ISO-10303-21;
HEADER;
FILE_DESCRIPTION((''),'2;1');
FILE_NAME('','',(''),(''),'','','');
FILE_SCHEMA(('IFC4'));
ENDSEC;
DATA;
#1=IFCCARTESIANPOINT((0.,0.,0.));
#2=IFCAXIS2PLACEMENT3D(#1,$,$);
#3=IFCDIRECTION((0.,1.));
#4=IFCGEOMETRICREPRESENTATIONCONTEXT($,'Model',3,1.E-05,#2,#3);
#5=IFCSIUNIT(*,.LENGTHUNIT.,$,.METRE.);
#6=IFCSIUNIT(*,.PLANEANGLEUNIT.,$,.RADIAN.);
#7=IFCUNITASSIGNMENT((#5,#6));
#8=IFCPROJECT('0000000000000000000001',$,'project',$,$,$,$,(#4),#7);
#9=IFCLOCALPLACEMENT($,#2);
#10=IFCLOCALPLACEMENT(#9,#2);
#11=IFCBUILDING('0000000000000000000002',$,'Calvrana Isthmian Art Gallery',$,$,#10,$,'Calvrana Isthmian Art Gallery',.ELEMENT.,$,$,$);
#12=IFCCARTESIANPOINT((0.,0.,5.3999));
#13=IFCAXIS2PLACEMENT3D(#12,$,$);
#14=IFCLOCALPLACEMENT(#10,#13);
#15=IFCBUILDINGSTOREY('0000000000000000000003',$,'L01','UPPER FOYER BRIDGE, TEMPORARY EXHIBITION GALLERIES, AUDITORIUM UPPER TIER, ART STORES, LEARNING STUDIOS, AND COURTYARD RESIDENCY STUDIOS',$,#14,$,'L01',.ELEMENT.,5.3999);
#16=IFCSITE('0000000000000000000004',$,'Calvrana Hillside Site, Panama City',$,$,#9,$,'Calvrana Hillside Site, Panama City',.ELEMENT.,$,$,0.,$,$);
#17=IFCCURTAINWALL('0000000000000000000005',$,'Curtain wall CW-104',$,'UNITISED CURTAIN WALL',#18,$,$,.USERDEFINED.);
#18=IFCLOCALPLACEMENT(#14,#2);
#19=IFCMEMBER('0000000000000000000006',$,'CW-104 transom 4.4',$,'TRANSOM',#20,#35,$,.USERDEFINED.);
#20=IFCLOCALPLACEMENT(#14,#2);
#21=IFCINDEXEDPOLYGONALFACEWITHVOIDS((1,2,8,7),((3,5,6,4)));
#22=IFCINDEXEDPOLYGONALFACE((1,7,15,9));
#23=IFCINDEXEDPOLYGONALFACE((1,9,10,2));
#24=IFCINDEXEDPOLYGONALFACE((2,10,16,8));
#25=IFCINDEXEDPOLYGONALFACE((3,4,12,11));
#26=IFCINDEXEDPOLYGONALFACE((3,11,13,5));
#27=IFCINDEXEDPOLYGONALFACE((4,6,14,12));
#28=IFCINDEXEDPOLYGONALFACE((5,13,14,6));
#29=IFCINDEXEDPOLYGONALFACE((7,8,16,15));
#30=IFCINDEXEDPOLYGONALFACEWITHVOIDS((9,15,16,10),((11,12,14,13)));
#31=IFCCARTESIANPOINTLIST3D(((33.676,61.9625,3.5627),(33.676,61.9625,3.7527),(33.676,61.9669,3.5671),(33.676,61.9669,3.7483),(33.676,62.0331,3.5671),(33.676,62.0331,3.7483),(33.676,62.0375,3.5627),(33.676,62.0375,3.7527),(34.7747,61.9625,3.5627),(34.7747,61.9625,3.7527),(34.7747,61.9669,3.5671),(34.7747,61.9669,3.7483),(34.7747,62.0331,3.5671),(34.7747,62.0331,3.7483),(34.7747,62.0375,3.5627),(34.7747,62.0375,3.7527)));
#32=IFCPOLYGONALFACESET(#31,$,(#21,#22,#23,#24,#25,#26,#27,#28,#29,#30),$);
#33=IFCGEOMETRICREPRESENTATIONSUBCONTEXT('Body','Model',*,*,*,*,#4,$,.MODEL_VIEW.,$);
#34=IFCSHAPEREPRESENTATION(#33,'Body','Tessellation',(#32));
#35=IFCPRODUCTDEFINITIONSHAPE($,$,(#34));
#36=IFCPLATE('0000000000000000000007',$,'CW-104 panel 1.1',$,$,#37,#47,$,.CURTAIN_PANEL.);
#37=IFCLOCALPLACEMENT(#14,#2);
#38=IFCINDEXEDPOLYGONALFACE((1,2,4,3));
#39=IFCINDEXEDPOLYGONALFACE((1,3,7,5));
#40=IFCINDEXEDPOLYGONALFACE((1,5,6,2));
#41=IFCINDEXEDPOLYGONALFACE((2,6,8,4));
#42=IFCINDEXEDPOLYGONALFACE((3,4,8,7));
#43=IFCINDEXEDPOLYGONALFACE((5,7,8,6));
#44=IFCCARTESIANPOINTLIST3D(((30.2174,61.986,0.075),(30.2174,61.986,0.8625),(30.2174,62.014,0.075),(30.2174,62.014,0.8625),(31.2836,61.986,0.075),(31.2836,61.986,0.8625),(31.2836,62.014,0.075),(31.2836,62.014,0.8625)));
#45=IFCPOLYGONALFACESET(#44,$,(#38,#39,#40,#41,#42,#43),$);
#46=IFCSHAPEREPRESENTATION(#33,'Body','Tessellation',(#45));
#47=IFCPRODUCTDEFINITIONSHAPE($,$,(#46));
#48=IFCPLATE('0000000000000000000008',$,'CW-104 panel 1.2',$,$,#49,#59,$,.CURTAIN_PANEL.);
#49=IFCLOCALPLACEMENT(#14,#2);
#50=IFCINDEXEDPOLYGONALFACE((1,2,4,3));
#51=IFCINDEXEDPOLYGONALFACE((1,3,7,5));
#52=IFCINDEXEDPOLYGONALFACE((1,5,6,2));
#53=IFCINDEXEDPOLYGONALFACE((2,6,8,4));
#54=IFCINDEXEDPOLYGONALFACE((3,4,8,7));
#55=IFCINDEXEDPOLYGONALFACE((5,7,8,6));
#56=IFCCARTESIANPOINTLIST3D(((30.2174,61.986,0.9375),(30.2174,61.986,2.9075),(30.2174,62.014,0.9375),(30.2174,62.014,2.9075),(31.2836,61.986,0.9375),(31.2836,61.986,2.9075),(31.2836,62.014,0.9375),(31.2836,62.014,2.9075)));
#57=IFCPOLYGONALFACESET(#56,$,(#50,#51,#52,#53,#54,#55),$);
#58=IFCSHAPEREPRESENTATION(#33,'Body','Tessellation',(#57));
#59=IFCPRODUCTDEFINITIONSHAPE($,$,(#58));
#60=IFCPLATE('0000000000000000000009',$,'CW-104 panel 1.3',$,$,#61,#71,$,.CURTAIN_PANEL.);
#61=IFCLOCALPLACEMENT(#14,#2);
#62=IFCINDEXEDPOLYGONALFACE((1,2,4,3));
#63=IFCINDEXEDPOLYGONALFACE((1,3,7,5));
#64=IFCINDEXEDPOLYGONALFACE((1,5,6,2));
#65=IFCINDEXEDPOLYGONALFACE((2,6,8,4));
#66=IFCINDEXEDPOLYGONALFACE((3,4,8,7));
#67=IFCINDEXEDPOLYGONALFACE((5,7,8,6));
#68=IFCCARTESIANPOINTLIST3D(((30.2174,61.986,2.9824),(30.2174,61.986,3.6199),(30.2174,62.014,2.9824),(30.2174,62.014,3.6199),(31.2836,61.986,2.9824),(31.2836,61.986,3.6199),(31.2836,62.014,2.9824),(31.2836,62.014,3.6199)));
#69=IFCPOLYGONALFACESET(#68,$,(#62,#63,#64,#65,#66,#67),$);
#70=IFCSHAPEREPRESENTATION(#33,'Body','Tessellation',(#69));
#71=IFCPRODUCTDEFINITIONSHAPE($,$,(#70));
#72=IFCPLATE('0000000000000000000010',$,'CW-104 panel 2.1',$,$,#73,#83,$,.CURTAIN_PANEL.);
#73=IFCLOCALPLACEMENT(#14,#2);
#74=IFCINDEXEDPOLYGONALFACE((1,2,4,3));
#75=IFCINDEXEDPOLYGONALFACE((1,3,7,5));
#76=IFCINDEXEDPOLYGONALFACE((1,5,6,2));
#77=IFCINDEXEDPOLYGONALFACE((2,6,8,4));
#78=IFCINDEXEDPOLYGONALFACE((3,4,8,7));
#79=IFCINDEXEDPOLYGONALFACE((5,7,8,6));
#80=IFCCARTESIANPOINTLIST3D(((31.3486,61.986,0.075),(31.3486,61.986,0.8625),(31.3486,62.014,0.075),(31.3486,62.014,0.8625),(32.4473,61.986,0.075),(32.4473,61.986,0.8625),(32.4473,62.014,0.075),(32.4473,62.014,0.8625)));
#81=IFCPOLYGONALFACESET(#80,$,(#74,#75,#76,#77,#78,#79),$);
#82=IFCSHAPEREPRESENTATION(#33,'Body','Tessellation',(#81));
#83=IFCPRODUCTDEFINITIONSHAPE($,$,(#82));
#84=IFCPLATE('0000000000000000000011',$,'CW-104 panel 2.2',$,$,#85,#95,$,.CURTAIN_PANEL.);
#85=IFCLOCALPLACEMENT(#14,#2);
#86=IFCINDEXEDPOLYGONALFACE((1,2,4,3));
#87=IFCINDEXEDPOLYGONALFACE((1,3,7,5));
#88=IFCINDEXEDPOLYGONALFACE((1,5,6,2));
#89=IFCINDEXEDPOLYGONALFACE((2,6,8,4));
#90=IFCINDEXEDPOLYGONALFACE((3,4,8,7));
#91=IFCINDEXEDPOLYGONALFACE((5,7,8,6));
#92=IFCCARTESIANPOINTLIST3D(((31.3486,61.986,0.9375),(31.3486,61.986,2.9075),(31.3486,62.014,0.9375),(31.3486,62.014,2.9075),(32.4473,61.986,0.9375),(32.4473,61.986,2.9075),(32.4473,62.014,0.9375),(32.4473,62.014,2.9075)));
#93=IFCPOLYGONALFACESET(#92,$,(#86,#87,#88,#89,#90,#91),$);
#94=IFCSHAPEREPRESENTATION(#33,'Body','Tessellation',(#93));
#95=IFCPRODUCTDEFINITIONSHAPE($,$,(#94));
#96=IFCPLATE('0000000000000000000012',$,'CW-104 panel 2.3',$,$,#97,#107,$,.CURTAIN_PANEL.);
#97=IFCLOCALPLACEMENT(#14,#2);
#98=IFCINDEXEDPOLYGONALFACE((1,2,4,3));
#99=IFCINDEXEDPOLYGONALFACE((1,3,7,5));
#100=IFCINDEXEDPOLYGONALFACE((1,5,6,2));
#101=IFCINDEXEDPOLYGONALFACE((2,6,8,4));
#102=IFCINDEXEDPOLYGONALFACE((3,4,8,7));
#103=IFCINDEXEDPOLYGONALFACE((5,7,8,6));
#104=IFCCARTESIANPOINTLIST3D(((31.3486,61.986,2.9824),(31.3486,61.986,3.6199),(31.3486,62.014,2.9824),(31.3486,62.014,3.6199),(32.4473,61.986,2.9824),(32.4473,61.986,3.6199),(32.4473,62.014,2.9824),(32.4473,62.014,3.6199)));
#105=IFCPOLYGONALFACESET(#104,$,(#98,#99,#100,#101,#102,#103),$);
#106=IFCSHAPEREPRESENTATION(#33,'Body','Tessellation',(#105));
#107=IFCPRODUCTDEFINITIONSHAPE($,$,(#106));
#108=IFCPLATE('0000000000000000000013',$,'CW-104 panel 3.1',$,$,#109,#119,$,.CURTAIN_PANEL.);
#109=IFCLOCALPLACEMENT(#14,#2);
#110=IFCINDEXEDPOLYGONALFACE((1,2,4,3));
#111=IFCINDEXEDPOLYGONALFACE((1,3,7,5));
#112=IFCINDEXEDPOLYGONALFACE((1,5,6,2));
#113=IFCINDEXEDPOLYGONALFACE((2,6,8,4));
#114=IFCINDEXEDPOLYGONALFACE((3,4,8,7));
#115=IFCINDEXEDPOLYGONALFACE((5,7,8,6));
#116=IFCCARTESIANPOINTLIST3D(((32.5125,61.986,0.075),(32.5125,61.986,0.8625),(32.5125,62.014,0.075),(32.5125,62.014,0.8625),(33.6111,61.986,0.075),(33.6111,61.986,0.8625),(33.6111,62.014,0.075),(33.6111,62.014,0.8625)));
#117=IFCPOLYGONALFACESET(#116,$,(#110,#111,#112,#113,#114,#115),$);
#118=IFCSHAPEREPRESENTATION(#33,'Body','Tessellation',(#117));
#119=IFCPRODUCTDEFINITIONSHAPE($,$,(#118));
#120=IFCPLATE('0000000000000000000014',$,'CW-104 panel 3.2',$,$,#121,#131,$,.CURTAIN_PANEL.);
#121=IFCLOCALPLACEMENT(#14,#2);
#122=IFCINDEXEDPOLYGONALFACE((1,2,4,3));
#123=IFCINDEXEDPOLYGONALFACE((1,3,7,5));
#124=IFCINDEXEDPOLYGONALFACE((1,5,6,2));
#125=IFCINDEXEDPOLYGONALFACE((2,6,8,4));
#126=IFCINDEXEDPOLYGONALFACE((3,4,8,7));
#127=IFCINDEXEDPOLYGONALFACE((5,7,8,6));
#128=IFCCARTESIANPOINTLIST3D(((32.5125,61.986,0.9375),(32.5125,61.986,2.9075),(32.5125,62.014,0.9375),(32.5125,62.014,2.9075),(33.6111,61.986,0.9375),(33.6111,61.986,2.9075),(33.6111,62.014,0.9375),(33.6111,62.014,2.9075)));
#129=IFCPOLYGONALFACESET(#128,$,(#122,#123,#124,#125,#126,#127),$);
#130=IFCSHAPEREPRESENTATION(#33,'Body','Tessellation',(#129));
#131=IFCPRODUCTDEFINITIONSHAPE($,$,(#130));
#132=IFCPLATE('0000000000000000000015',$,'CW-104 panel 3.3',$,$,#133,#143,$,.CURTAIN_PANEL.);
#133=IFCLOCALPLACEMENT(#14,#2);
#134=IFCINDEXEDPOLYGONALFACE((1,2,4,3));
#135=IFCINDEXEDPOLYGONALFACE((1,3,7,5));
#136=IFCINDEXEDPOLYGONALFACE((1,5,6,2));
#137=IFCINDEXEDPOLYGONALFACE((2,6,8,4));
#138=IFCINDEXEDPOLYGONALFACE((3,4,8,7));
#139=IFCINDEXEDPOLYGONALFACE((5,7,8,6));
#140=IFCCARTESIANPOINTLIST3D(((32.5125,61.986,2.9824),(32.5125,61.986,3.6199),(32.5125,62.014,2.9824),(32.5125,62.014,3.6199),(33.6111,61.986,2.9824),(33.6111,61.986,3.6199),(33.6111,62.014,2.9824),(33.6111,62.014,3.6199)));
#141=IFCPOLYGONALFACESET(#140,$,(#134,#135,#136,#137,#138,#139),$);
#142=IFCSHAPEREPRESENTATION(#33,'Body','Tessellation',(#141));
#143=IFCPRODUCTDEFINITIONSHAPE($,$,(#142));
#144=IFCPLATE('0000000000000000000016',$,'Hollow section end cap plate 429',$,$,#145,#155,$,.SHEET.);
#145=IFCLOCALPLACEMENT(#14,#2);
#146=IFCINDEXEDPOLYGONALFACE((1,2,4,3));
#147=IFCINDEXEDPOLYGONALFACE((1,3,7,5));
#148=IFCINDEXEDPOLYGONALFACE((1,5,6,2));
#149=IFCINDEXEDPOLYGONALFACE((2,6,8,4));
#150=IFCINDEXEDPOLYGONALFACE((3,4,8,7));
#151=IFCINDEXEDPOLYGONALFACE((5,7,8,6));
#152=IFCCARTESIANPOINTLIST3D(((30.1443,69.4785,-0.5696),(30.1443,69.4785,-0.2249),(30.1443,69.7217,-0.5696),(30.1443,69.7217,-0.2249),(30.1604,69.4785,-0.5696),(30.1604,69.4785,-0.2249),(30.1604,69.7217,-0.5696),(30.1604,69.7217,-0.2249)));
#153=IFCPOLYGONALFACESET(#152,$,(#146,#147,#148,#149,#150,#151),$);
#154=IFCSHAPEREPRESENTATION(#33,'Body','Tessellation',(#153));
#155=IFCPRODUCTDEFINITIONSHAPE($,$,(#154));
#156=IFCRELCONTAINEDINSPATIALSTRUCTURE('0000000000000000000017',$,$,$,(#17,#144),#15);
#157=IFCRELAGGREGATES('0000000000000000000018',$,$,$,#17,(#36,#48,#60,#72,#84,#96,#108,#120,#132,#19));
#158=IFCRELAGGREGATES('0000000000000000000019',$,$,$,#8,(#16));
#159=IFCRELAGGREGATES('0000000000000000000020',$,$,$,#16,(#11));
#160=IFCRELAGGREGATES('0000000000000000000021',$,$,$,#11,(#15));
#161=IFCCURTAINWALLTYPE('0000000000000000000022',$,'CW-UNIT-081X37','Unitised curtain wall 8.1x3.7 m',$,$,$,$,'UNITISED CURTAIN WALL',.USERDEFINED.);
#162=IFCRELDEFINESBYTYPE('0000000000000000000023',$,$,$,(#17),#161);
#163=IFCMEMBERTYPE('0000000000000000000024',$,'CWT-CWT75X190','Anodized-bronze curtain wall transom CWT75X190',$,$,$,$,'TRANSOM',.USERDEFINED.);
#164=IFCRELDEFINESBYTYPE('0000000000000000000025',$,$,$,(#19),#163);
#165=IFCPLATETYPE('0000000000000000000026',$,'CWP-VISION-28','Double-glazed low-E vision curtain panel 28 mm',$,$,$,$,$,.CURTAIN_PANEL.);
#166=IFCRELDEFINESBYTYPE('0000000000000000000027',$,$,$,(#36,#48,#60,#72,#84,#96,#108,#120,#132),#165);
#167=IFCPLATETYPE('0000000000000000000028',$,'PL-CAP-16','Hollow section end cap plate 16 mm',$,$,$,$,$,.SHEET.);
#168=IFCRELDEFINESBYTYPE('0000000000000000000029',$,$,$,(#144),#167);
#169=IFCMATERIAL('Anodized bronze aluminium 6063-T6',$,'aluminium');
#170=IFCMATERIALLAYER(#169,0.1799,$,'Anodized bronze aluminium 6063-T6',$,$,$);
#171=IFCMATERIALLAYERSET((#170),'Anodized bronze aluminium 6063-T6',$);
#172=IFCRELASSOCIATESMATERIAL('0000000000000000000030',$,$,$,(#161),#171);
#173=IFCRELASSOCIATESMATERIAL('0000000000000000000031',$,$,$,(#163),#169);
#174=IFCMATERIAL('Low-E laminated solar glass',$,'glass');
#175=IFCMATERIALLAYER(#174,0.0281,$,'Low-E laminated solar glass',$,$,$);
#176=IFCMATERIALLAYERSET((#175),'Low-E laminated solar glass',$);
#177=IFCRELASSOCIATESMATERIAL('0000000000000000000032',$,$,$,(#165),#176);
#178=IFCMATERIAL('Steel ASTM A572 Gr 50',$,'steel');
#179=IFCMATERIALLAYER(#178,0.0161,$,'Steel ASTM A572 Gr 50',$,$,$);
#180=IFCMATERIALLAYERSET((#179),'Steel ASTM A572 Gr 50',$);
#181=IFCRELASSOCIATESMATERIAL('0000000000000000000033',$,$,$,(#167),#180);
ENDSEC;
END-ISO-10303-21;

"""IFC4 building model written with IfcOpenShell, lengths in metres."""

from ifc_helpers import new_model, si_unit, direction, frame, origin, origin_2d, place, context, subcontext, project, spatial, rectangle, hollow_rectangle, extrude, material, layer, layer_set, material_profile, profile_set, type_object, element, aggregate, save


model = new_model("IFC4")

# Units and contexts
model_context = context("Model", 3, precision=1e-05, world=origin(), true_north=direction((0.0, 1.0)))
body_context = subcontext(model_context, "Body", "Model", "MODEL_VIEW")
ifc_project = project(units=[si_unit("LENGTHUNIT", "METRE"), si_unit("PLANEANGLEUNIT", "RADIAN")], contexts=[model_context])

# Site, building, storey
site_placement = place(None, origin())
site = spatial("IfcSite", under=ifc_project, at=site_placement, Name="Calvrana Hillside Site, Panama City", LongName="Calvrana Hillside Site, Panama City", CompositionType="ELEMENT", RefElevation=0.0)
building_placement = place(site_placement, origin())
building = spatial("IfcBuilding", under=site, at=building_placement, Name="Calvrana Isthmian Art Gallery", LongName="Calvrana Isthmian Art Gallery", CompositionType="ELEMENT")
storey_placement = place(building_placement, frame((0.0, 0.0, 5.3999)))
storey = spatial("IfcBuildingStorey", under=building, at=storey_placement, Name="L01", Description="UPPER FOYER BRIDGE, TEMPORARY EXHIBITION GALLERIES, AUDITORIUM UPPER TIER, ART STORES, LEARNING STUDIOS, AND COURTYARD RESIDENCY STUDIOS", LongName="L01", CompositionType="ELEMENT", Elevation=5.3999)

# Curtain wall, member, plates
ifc_material_1 = material(Name="Anodized bronze aluminium 6063-T6", Category="aluminium")
ifc_layer_1 = layer(ifc_material_1, 0.1799, Name="Anodized bronze aluminium 6063-T6")
ifc_layer_set_1 = layer_set([ifc_layer_1], Name="Anodized bronze aluminium 6063-T6")
curtain_wall_type = type_object("IfcCurtainWallType", Name="CW-UNIT-081X37", Description="Unitised curtain wall 8.1x3.7 m", ElementType="UNITISED CURTAIN WALL", PredefinedType="USERDEFINED", material=ifc_layer_set_1)
curtain_wall_placement = place(storey_placement, origin())
curtain_wall = element("IfcCurtainWall", 1, at=curtain_wall_placement, inside=storey, type_object=curtain_wall_type, Name="Curtain wall CW-104", ObjectType="UNITISED CURTAIN WALL", PredefinedType="USERDEFINED")
ifc_material_profile_1 = material_profile(ifc_material_1, hollow_rectangle(XDim=0.075, YDim=0.1899, WallThickness=0.0044, at=origin_2d()), Name="CWT75X190")
ifc_profile_set_1 = profile_set([ifc_material_profile_1], Name="Anodized bronze aluminium 6063-T6")
member_type_1 = type_object("IfcMemberType", Name="CWT-CWT75X190", Description="Anodized-bronze curtain wall transom CWT75X190", ElementType="TRANSOM", PredefinedType="USERDEFINED", material=ifc_profile_set_1)
member_1_placement = place(storey_placement, frame((33.676, 62.0, 3.6577), z_axis=(1.0, 0.0, 0.0), x_axis=(0.0, 1.0, 0.0)))
member_1 = element("IfcMember", 2, at=member_1_placement, type_object=member_type_1, Name="CW-104 transom 4.4", ObjectType="TRANSOM", PredefinedType="USERDEFINED", context=body_context, shape_type="SweptSolid", body=[
    extrude(hollow_rectangle(XDim=0.075, YDim=0.1899, WallThickness=0.0044, at=origin_2d()), origin(), (0.0, 0.0, 1.0), 1.0986),
])
ifc_material_2 = material(Name="Low-E laminated solar glass", Category="glass")
ifc_layer_2 = layer(ifc_material_2, 0.0281, Name="Low-E laminated solar glass")
ifc_layer_set_2 = layer_set([ifc_layer_2], Name="Low-E laminated solar glass")
plate_type_1 = type_object("IfcPlateType", Name="CWP-VISION-28", Description="Double-glazed low-E vision curtain panel 28 mm", PredefinedType="CURTAIN_PANEL", material=ifc_layer_set_2)
plate_1_placement = place(storey_placement, frame((30.7505, 62.0, 0.075), z_axis=(0.0, 0.0, 1.0), x_axis=(1.0, 0.0, 0.0)))
plate_1 = element("IfcPlate", 3, at=plate_1_placement, type_object=plate_type_1, Name="CW-104 panel 1.1", PredefinedType="CURTAIN_PANEL", context=body_context, shape_type="SweptSolid", body=[
    extrude(rectangle(XDim=1.0662, YDim=0.0281, at=origin_2d()), origin(), (0.0, 0.0, 1.0), 0.7876),
])
plate_2_placement = place(storey_placement, frame((30.7505, 62.0, 0.9375), z_axis=(0.0, 0.0, 1.0), x_axis=(1.0, 0.0, 0.0)))
plate_2 = element("IfcPlate", 4, at=plate_2_placement, type_object=plate_type_1, Name="CW-104 panel 1.2", PredefinedType="CURTAIN_PANEL", context=body_context, shape_type="SweptSolid", body=[
    extrude(rectangle(XDim=1.0662, YDim=0.0281, at=origin_2d()), origin(), (0.0, 0.0, 1.0), 1.97),
])
plate_3_placement = place(storey_placement, frame((30.7505, 62.0, 2.9824), z_axis=(0.0, 0.0, 1.0), x_axis=(1.0, 0.0, 0.0)))
plate_3 = element("IfcPlate", 5, at=plate_3_placement, type_object=plate_type_1, Name="CW-104 panel 1.3", PredefinedType="CURTAIN_PANEL", context=body_context, shape_type="SweptSolid", body=[
    extrude(rectangle(XDim=1.0662, YDim=0.0281, at=origin_2d()), origin(), (0.0, 0.0, 1.0), 0.6375),
])
plate_4_placement = place(storey_placement, frame((31.8979, 62.0, 0.075), z_axis=(0.0, 0.0, 1.0), x_axis=(1.0, 0.0, 0.0)))
plate_4 = element("IfcPlate", 6, at=plate_4_placement, type_object=plate_type_1, Name="CW-104 panel 2.1", PredefinedType="CURTAIN_PANEL", context=body_context, shape_type="SweptSolid", body=[
    extrude(rectangle(XDim=1.0986, YDim=0.0281, at=origin_2d()), origin(), (0.0, 0.0, 1.0), 0.7876),
])
plate_5_placement = place(storey_placement, frame((31.8979, 62.0, 0.9375), z_axis=(0.0, 0.0, 1.0), x_axis=(1.0, 0.0, 0.0)))
plate_5 = element("IfcPlate", 7, at=plate_5_placement, type_object=plate_type_1, Name="CW-104 panel 2.2", PredefinedType="CURTAIN_PANEL", context=body_context, shape_type="SweptSolid", body=[
    extrude(rectangle(XDim=1.0986, YDim=0.0281, at=origin_2d()), origin(), (0.0, 0.0, 1.0), 1.97),
])
plate_6_placement = place(storey_placement, frame((31.8979, 62.0, 2.9824), z_axis=(0.0, 0.0, 1.0), x_axis=(1.0, 0.0, 0.0)))
plate_6 = element("IfcPlate", 8, at=plate_6_placement, type_object=plate_type_1, Name="CW-104 panel 2.3", PredefinedType="CURTAIN_PANEL", context=body_context, shape_type="SweptSolid", body=[
    extrude(rectangle(XDim=1.0986, YDim=0.0281, at=origin_2d()), origin(), (0.0, 0.0, 1.0), 0.6375),
])
plate_7_placement = place(storey_placement, frame((33.0618, 62.0, 0.075), z_axis=(0.0, 0.0, 1.0), x_axis=(1.0, 0.0, 0.0)))
plate_7 = element("IfcPlate", 9, at=plate_7_placement, type_object=plate_type_1, Name="CW-104 panel 3.1", PredefinedType="CURTAIN_PANEL", context=body_context, shape_type="SweptSolid", body=[
    extrude(rectangle(XDim=1.0986, YDim=0.0281, at=origin_2d()), origin(), (0.0, 0.0, 1.0), 0.7876),
])
plate_8_placement = place(storey_placement, frame((33.0618, 62.0, 0.9375), z_axis=(0.0, 0.0, 1.0), x_axis=(1.0, 0.0, 0.0)))
plate_8 = element("IfcPlate", 10, at=plate_8_placement, type_object=plate_type_1, Name="CW-104 panel 3.2", PredefinedType="CURTAIN_PANEL", context=body_context, shape_type="SweptSolid", body=[
    extrude(rectangle(XDim=1.0986, YDim=0.0281, at=origin_2d()), origin(), (0.0, 0.0, 1.0), 1.97),
])
plate_9_placement = place(storey_placement, frame((33.0618, 62.0, 2.9824), z_axis=(0.0, 0.0, 1.0), x_axis=(1.0, 0.0, 0.0)))
plate_9 = element("IfcPlate", 11, at=plate_9_placement, type_object=plate_type_1, Name="CW-104 panel 3.3", PredefinedType="CURTAIN_PANEL", context=body_context, shape_type="SweptSolid", body=[
    extrude(rectangle(XDim=1.0986, YDim=0.0281, at=origin_2d()), origin(), (0.0, 0.0, 1.0), 0.6375),
])
aggregate(curtain_wall, [plate_1, plate_2, plate_3, plate_4, plate_5, plate_6, plate_7, plate_8, plate_9, member_1])

# Plate
ifc_material_3 = material(Name="Steel ASTM A572 Gr 50", Category="steel")
ifc_layer_3 = layer(ifc_material_3, 0.0161, Name="Steel ASTM A572 Gr 50")
ifc_layer_set_3 = layer_set([ifc_layer_3], Name="Steel ASTM A572 Gr 50")
plate_type_2 = type_object("IfcPlateType", Name="PL-CAP-16", Description="Hollow section end cap plate 16 mm", PredefinedType="SHEET", material=ifc_layer_set_3)
plate_10_placement = place(storey_placement, frame((30.1523, 69.6001, -0.5696), z_axis=(0.0, 0.0, 1.0), x_axis=(1.0, 0.0, 0.0)))
element("IfcPlate", 12, at=plate_10_placement, inside=storey, type_object=plate_type_2, Name="Hollow section end cap plate 429", PredefinedType="SHEET", context=body_context, shape_type="SweptSolid", body=[
    extrude(rectangle(XDim=0.0161, YDim=0.2432, at=origin_2d()), origin(), (0.0, 0.0, 1.0), 0.3447),
])

save(model, "model.ifc")
